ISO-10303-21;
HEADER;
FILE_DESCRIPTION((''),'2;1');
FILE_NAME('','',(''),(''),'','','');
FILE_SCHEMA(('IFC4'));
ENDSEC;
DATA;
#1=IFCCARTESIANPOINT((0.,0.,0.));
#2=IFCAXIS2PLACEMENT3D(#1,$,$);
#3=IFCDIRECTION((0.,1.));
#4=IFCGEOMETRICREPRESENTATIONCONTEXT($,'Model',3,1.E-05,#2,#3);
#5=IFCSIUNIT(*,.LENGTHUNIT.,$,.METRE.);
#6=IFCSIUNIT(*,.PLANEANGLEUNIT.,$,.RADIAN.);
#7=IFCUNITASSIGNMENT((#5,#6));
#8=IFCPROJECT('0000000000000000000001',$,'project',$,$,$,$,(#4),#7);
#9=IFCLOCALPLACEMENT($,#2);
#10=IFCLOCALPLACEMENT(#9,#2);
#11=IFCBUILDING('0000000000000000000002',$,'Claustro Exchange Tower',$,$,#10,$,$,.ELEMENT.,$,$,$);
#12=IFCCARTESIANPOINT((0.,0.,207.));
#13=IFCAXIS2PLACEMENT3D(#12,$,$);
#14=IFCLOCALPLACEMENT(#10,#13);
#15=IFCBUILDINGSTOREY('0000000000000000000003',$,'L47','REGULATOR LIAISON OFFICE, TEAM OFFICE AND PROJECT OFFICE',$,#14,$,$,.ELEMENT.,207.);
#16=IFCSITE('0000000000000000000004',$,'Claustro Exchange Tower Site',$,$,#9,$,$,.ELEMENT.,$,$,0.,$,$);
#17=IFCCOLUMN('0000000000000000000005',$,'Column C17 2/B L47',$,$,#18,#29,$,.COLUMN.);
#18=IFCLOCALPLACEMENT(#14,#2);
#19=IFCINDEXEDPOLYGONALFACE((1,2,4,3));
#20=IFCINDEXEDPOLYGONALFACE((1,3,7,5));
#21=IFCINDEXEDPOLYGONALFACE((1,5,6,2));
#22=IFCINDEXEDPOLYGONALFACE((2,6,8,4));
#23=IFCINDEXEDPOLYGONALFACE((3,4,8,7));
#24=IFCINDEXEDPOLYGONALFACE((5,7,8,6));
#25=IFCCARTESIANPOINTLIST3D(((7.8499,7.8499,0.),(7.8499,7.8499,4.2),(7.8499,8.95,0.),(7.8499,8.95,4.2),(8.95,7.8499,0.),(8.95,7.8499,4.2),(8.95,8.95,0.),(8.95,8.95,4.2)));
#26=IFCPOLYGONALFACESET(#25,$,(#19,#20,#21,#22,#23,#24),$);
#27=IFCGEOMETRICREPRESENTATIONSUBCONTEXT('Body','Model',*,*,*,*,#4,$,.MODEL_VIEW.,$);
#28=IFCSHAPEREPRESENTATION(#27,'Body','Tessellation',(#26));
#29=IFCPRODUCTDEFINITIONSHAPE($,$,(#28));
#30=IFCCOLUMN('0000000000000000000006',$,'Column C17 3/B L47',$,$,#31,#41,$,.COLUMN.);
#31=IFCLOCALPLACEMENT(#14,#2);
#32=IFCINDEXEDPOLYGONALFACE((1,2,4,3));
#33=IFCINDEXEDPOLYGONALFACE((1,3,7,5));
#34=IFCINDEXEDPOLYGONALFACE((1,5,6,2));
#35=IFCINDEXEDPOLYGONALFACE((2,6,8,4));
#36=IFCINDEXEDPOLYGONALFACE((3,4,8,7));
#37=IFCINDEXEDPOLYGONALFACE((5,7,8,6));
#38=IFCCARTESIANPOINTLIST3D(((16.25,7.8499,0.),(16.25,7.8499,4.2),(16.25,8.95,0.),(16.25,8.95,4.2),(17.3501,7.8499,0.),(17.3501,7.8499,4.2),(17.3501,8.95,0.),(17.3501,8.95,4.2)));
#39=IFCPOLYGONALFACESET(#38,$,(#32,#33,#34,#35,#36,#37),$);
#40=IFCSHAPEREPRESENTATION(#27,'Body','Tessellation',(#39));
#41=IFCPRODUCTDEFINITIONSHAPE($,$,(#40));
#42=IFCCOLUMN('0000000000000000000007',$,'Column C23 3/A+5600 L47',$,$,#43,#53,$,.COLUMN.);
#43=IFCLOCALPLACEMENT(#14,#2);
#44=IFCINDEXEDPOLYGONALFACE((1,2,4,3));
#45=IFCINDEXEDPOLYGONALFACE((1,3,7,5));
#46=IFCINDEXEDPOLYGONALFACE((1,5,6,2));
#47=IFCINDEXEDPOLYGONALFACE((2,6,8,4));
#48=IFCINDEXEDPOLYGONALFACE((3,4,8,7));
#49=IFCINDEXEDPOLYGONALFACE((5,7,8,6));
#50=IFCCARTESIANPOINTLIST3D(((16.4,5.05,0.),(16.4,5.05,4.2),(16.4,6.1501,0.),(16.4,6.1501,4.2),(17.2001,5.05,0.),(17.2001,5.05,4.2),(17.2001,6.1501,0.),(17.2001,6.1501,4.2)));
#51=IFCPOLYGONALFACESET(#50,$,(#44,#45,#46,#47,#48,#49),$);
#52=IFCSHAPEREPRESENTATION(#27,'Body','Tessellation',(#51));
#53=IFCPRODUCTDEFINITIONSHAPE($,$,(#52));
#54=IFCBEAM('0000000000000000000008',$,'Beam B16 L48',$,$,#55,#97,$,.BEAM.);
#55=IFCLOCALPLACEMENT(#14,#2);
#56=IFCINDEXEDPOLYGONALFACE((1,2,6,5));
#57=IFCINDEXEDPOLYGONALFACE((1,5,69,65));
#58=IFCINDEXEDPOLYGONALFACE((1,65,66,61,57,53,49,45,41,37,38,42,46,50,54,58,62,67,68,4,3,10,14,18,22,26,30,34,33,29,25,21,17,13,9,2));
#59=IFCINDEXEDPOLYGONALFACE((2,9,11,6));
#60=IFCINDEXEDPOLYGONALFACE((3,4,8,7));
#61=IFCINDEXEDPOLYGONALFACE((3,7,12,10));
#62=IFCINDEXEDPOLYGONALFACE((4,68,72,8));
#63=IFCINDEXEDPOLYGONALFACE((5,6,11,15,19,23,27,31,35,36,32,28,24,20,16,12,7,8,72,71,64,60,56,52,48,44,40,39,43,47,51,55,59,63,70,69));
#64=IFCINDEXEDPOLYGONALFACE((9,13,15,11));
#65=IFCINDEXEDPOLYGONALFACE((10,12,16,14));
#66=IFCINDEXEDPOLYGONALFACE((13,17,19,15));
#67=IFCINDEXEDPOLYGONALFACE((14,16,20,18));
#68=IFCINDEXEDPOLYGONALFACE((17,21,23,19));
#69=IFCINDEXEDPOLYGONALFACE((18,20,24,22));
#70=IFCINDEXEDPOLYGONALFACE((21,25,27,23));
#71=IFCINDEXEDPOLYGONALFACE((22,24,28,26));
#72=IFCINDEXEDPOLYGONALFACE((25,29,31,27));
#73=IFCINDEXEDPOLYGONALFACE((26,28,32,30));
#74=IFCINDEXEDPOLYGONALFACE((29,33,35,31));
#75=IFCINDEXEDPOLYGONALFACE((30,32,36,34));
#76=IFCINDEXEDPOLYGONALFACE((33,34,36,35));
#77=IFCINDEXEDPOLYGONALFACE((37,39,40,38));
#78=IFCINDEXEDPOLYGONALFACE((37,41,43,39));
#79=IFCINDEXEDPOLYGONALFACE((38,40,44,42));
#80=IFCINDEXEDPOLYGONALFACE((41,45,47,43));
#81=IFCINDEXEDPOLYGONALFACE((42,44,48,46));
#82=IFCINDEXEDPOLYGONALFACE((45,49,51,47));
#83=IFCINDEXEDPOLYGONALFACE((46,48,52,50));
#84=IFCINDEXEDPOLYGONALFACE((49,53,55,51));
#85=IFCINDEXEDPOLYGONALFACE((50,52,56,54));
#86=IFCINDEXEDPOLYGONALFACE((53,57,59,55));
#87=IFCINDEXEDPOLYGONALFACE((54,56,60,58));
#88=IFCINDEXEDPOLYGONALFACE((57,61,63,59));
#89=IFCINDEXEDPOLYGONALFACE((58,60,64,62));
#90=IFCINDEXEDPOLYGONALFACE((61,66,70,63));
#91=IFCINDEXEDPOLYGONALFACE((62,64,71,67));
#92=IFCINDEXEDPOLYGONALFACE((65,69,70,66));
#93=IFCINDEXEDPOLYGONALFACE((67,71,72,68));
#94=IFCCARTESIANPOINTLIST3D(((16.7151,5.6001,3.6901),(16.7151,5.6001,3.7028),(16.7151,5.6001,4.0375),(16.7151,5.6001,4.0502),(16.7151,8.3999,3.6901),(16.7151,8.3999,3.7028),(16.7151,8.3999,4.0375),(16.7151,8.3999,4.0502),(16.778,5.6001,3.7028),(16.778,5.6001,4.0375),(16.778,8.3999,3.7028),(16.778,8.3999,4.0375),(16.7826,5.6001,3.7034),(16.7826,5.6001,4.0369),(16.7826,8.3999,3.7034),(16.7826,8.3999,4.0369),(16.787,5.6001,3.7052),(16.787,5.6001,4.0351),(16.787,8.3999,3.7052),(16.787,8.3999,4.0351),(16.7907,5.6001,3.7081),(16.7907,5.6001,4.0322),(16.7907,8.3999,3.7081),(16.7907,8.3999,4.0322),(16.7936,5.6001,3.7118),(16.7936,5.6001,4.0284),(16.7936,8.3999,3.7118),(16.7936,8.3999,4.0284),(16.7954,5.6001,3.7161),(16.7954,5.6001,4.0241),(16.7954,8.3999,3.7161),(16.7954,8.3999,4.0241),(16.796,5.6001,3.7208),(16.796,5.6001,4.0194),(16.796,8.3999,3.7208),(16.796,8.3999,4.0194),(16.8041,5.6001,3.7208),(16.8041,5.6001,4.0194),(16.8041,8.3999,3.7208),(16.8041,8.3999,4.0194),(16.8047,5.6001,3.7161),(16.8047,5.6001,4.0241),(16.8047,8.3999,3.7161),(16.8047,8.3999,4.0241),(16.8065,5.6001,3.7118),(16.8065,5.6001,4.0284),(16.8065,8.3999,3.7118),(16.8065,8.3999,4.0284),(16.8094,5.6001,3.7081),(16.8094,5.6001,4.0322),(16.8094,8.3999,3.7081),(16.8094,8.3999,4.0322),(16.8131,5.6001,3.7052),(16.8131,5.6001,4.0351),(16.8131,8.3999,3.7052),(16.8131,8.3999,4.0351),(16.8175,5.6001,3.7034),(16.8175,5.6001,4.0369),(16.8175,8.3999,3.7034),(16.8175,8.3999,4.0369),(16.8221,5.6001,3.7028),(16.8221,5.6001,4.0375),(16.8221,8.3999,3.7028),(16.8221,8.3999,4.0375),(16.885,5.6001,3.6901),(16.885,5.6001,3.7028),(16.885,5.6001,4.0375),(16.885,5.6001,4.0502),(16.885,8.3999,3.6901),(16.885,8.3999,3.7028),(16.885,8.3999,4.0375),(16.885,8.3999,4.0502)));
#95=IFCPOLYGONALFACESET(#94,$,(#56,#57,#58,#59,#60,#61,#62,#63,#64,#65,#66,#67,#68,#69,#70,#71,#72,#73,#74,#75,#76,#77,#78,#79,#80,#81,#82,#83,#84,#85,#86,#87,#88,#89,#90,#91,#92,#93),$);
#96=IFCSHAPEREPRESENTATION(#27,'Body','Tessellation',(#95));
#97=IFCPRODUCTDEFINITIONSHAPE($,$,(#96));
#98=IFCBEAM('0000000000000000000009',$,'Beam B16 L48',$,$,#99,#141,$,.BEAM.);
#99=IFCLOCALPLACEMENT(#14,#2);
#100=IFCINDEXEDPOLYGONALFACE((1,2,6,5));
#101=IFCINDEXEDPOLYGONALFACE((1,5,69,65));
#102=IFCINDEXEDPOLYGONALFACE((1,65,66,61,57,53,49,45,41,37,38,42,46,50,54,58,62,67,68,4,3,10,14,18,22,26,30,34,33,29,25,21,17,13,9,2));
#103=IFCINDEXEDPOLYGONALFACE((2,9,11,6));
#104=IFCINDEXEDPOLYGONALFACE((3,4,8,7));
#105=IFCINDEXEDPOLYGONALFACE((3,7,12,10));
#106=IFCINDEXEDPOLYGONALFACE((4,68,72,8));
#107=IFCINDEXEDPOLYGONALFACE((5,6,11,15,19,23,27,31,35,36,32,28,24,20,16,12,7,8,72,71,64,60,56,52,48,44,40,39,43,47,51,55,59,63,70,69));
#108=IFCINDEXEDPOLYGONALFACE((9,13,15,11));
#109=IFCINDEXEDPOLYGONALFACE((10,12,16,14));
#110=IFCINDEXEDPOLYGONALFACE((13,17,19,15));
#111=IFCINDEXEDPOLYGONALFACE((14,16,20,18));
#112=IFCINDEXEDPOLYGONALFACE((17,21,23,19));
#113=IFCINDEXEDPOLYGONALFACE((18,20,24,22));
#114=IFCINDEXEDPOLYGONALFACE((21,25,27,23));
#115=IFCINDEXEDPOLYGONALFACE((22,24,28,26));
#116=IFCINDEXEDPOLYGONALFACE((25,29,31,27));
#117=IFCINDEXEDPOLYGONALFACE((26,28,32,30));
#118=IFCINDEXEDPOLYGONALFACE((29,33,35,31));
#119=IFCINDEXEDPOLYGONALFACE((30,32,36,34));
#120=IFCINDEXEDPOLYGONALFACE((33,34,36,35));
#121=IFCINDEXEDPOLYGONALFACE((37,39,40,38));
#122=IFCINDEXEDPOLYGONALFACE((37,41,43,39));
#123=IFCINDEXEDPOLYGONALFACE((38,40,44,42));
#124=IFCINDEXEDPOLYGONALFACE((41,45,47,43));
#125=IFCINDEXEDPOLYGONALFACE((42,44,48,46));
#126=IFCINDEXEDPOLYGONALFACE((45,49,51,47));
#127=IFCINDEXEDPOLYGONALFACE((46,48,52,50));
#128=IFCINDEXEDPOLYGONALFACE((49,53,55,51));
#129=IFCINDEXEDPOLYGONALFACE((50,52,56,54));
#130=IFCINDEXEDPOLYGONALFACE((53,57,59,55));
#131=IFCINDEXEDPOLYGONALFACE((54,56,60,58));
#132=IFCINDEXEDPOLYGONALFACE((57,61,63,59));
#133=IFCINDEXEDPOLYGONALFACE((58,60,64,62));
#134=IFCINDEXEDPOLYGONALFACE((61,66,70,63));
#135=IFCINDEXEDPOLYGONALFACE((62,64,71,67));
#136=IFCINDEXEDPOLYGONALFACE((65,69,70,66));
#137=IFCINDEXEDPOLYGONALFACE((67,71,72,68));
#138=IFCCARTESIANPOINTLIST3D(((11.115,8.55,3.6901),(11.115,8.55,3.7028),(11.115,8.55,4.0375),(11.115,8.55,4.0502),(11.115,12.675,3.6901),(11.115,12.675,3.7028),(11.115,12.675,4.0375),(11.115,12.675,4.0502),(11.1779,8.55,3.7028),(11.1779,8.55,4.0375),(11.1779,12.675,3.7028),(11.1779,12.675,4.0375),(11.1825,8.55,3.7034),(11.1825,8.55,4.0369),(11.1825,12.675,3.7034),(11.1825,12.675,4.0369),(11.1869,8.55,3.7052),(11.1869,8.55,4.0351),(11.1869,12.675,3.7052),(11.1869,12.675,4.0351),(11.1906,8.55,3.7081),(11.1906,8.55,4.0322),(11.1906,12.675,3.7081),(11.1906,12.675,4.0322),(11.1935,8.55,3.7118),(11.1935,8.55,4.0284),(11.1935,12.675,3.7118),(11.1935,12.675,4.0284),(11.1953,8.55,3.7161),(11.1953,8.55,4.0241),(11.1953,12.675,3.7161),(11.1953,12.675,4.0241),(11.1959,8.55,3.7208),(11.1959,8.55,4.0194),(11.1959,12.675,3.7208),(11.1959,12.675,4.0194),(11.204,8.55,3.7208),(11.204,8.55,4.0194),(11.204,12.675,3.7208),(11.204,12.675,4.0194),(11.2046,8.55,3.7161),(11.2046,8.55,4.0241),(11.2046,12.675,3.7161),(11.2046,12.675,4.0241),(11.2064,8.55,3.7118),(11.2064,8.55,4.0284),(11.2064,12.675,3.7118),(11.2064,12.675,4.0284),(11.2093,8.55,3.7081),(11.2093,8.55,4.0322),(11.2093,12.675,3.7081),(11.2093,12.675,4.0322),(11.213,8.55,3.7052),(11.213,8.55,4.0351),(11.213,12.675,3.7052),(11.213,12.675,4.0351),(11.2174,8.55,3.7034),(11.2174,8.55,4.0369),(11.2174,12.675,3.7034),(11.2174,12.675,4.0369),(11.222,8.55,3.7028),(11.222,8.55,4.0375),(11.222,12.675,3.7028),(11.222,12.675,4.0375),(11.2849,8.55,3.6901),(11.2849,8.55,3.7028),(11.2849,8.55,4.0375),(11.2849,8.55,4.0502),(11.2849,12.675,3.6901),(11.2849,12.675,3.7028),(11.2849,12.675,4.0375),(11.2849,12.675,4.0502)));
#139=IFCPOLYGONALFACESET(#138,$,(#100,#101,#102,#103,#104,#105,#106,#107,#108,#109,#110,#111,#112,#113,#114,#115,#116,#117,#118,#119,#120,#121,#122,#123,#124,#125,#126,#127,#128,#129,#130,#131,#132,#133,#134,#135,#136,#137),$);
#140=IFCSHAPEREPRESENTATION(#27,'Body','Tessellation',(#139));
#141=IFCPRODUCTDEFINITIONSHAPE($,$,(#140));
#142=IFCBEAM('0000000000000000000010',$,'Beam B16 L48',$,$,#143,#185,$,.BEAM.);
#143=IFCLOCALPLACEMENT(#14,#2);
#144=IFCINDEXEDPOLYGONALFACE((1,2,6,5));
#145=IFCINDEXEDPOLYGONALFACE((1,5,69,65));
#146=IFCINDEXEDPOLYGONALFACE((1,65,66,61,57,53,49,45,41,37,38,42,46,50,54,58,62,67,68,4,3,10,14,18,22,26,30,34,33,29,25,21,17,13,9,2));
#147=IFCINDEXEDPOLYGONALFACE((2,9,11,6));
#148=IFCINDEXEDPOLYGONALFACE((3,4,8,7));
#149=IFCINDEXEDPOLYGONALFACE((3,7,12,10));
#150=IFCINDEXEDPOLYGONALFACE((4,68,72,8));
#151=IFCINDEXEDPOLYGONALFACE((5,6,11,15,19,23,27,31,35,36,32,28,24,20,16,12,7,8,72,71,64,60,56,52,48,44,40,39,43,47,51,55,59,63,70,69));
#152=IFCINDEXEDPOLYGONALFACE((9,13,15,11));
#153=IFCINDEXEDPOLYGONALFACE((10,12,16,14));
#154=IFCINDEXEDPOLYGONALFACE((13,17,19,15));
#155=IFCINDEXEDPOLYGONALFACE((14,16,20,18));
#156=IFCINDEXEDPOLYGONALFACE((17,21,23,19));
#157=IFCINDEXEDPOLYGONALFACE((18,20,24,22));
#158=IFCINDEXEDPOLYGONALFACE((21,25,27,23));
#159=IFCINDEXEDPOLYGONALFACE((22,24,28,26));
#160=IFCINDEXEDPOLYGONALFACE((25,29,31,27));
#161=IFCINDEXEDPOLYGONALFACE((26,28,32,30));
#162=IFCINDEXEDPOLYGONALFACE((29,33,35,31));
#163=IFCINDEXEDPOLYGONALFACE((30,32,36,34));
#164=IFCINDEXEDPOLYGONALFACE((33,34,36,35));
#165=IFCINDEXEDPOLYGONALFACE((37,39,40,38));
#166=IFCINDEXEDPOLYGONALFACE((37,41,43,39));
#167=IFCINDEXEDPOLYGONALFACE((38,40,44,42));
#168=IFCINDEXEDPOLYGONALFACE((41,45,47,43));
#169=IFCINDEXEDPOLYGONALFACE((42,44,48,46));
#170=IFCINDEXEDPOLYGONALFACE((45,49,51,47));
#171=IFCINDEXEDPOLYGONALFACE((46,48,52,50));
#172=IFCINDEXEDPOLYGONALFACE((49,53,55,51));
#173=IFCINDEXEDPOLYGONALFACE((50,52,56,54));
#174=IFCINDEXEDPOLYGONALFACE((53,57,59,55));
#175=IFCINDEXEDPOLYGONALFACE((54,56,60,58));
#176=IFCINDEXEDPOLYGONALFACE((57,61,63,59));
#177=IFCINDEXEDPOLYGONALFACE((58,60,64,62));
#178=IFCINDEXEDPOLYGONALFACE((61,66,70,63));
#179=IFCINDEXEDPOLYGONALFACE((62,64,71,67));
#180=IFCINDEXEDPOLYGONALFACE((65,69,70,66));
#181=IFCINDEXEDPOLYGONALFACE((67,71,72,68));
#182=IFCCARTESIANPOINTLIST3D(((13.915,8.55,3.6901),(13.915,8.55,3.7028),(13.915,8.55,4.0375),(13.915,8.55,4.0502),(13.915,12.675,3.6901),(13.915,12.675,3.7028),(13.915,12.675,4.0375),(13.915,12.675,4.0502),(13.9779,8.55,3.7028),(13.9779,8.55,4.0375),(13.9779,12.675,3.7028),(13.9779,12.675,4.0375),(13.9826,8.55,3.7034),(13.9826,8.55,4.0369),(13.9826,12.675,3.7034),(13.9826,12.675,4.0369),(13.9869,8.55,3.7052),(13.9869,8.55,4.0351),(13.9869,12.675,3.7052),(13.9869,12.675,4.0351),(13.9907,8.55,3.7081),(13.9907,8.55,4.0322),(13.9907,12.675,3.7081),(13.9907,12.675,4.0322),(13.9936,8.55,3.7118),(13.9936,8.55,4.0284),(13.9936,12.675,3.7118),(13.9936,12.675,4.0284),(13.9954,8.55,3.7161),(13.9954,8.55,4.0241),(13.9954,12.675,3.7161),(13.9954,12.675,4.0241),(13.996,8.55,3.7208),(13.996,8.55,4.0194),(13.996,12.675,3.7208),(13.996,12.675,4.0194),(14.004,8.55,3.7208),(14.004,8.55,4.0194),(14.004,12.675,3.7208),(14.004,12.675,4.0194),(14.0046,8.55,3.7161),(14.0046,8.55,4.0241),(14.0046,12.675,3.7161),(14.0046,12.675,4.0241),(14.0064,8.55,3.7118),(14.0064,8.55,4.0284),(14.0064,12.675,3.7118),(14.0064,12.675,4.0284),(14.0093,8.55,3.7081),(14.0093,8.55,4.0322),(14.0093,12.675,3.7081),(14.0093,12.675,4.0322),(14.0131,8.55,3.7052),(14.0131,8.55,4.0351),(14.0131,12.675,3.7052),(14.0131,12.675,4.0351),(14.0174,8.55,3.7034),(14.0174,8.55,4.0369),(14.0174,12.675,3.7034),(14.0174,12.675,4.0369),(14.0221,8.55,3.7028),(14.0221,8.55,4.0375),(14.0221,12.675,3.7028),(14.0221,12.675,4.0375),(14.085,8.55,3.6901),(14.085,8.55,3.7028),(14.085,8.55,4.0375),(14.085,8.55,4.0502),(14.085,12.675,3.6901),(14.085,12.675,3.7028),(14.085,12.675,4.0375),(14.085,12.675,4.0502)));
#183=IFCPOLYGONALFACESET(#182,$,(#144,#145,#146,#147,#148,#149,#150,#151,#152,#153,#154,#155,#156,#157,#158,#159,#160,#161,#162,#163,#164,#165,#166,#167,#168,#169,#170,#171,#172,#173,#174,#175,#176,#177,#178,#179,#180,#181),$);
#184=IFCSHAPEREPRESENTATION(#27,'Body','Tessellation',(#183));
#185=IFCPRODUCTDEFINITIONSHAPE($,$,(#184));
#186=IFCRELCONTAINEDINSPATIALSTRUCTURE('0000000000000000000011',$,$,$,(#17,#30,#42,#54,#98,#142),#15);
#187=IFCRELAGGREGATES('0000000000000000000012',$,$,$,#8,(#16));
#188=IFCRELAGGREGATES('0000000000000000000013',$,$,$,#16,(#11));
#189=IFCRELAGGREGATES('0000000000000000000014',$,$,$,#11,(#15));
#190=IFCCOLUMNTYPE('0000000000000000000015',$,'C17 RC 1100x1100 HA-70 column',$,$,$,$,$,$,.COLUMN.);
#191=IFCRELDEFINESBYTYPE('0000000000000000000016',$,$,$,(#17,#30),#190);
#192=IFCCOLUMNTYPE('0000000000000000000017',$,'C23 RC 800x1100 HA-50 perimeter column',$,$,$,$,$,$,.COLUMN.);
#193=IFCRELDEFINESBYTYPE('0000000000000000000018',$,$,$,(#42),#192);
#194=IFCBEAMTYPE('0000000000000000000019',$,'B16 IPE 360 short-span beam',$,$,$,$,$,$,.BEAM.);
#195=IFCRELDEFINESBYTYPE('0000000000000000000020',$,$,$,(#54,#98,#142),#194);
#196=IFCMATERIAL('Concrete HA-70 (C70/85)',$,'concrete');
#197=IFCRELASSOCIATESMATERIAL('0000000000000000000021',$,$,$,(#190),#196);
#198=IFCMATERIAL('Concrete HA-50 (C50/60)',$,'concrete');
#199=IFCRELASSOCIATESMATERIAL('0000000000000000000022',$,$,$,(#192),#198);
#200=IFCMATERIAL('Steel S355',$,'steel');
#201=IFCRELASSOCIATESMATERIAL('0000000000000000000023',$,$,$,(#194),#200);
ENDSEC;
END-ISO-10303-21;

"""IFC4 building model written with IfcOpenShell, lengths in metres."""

from ifc_helpers import new_model, si_unit, direction, frame, origin, origin_2d, place, context, subcontext, project, spatial, rectangle, i_section, extrude, material, material_profile, profile_set, type_object, element, save


model = new_model("IFC4")

# Units and contexts
model_context = context("Model", 3, precision=1e-05, world=origin(), true_north=direction((0.0, 1.0)))
body_context = subcontext(model_context, "Body", "Model", "MODEL_VIEW")
ifc_project = project(units=[si_unit("LENGTHUNIT", "METRE"), si_unit("PLANEANGLEUNIT", "RADIAN")], contexts=[model_context])

# Site, building, storey
site_placement = place(None, origin())
site = spatial("IfcSite", under=ifc_project, at=site_placement, Name="Claustro Exchange Tower Site", CompositionType="ELEMENT", RefElevation=0.0)
building_placement = place(site_placement, origin())
building = spatial("IfcBuilding", under=site, at=building_placement, Name="Claustro Exchange Tower", CompositionType="ELEMENT")
storey_placement = place(building_placement, frame((0.0, 0.0, 207.0)))
storey = spatial("IfcBuildingStorey", under=building, at=storey_placement, Name="L47", Description="REGULATOR LIAISON OFFICE, TEAM OFFICE AND PROJECT OFFICE", CompositionType="ELEMENT", Elevation=207.0)

# Columns
ifc_material_1 = material(Name="Concrete HA-70 (C70/85)", Category="concrete")
ifc_material_profile_1 = material_profile(ifc_material_1, rectangle(XDim=1.1001, YDim=1.1001, at=origin_2d()), Name="RC 1100x1100")
ifc_profile_set_1 = profile_set([ifc_material_profile_1], Name="Concrete HA-70 (C70/85)")
column_type_1 = type_object("IfcColumnType", Name="C17 RC 1100x1100 HA-70 column", PredefinedType="COLUMN", material=ifc_profile_set_1)
for number, where, z_axis, x_axis, name in (
    (1, (8.3999, 8.3999, 0.0), (0.0, 0.0, 1.0), (1.0, 0.0, 0.0), "Column C17 2/B L47"),
    (2, (16.8, 8.3999, 0.0), (0.0, 0.0, 1.0), (1.0, 0.0, 0.0), "Column C17 3/B L47"),
):
    element("IfcColumn", number, at=place(storey_placement, frame(where, z_axis=z_axis, x_axis=x_axis)), inside=storey, type_object=column_type_1, Name=name, PredefinedType="COLUMN", context=body_context, shape_type="SweptSolid", body=[
        extrude(rectangle(XDim=1.1001, YDim=1.1001, at=origin_2d()), origin(), (0.0, 0.0, 1.0), 4.2),
    ])
ifc_material_2 = material(Name="Concrete HA-50 (C50/60)", Category="concrete")
ifc_material_profile_2 = material_profile(ifc_material_2, rectangle(XDim=0.8, YDim=1.1001, at=origin_2d()), Name="RC 800x1100")
ifc_profile_set_2 = profile_set([ifc_material_profile_2], Name="Concrete HA-50 (C50/60)")
column_type_2 = type_object("IfcColumnType", Name="C23 RC 800x1100 HA-50 perimeter column", PredefinedType="COLUMN", material=ifc_profile_set_2)
column_placement = place(storey_placement, frame((16.8, 5.6001, 0.0), z_axis=(0.0, 0.0, 1.0), x_axis=(1.0, 0.0, 0.0)))
element("IfcColumn", 3, at=column_placement, inside=storey, type_object=column_type_2, Name="Column C23 3/A+5600 L47", PredefinedType="COLUMN", context=body_context, shape_type="SweptSolid", body=[
    extrude(rectangle(XDim=0.8, YDim=1.1001, at=origin_2d()), origin(), (0.0, 0.0, 1.0), 4.2),
])

# Beams
ifc_material_3 = material(Name="Steel S355", Category="steel")
ifc_material_profile_3 = material_profile(ifc_material_3, i_section(OverallWidth=0.1699, OverallDepth=0.3601, WebThickness=0.0081, FlangeThickness=0.0127, FilletRadius=0.0181, at=origin_2d()), Name="IPE 360")
ifc_profile_set_3 = profile_set([ifc_material_profile_3], Name="Steel S355")
beam_type_1 = type_object("IfcBeamType", Name="B16 IPE 360 short-span beam", PredefinedType="BEAM", material=ifc_profile_set_3)
beam_1_placement = place(storey_placement, frame((16.8, 5.6001, 3.8701), z_axis=(0.0, 1.0, 0.0), x_axis=(-1.0, 0.0, 0.0)))
element("IfcBeam", 4, at=beam_1_placement, inside=storey, type_object=beam_type_1, Name="Beam B16 L48", PredefinedType="BEAM", context=body_context, shape_type="SweptSolid", body=[
    extrude(i_section(OverallWidth=0.1699, OverallDepth=0.3601, WebThickness=0.0081, FlangeThickness=0.0127, FilletRadius=0.0181, at=origin_2d()), origin(), (0.0, 0.0, 1.0), 2.7998),
])
for number, where, z_axis, x_axis, name in (
    (5, (11.2, 8.55, 3.8701), (0.0, 1.0, 0.0), (-1.0, 0.0, 0.0), "Beam B16 L48"),
    (6, (14.0, 8.55, 3.8701), (0.0, 1.0, 0.0), (-1.0, 0.0, 0.0), "Beam B16 L48"),
):
    element("IfcBeam", number, at=place(storey_placement, frame(where, z_axis=z_axis, x_axis=x_axis)), inside=storey, type_object=beam_type_1, Name=name, PredefinedType="BEAM", context=body_context, shape_type="SweptSolid", body=[
        extrude(i_section(OverallWidth=0.1699, OverallDepth=0.3601, WebThickness=0.0081, FlangeThickness=0.0127, FilletRadius=0.0181, at=origin_2d()), origin(), (0.0, 0.0, 1.0), 4.125),
    ])

save(model, "model.ifc")
